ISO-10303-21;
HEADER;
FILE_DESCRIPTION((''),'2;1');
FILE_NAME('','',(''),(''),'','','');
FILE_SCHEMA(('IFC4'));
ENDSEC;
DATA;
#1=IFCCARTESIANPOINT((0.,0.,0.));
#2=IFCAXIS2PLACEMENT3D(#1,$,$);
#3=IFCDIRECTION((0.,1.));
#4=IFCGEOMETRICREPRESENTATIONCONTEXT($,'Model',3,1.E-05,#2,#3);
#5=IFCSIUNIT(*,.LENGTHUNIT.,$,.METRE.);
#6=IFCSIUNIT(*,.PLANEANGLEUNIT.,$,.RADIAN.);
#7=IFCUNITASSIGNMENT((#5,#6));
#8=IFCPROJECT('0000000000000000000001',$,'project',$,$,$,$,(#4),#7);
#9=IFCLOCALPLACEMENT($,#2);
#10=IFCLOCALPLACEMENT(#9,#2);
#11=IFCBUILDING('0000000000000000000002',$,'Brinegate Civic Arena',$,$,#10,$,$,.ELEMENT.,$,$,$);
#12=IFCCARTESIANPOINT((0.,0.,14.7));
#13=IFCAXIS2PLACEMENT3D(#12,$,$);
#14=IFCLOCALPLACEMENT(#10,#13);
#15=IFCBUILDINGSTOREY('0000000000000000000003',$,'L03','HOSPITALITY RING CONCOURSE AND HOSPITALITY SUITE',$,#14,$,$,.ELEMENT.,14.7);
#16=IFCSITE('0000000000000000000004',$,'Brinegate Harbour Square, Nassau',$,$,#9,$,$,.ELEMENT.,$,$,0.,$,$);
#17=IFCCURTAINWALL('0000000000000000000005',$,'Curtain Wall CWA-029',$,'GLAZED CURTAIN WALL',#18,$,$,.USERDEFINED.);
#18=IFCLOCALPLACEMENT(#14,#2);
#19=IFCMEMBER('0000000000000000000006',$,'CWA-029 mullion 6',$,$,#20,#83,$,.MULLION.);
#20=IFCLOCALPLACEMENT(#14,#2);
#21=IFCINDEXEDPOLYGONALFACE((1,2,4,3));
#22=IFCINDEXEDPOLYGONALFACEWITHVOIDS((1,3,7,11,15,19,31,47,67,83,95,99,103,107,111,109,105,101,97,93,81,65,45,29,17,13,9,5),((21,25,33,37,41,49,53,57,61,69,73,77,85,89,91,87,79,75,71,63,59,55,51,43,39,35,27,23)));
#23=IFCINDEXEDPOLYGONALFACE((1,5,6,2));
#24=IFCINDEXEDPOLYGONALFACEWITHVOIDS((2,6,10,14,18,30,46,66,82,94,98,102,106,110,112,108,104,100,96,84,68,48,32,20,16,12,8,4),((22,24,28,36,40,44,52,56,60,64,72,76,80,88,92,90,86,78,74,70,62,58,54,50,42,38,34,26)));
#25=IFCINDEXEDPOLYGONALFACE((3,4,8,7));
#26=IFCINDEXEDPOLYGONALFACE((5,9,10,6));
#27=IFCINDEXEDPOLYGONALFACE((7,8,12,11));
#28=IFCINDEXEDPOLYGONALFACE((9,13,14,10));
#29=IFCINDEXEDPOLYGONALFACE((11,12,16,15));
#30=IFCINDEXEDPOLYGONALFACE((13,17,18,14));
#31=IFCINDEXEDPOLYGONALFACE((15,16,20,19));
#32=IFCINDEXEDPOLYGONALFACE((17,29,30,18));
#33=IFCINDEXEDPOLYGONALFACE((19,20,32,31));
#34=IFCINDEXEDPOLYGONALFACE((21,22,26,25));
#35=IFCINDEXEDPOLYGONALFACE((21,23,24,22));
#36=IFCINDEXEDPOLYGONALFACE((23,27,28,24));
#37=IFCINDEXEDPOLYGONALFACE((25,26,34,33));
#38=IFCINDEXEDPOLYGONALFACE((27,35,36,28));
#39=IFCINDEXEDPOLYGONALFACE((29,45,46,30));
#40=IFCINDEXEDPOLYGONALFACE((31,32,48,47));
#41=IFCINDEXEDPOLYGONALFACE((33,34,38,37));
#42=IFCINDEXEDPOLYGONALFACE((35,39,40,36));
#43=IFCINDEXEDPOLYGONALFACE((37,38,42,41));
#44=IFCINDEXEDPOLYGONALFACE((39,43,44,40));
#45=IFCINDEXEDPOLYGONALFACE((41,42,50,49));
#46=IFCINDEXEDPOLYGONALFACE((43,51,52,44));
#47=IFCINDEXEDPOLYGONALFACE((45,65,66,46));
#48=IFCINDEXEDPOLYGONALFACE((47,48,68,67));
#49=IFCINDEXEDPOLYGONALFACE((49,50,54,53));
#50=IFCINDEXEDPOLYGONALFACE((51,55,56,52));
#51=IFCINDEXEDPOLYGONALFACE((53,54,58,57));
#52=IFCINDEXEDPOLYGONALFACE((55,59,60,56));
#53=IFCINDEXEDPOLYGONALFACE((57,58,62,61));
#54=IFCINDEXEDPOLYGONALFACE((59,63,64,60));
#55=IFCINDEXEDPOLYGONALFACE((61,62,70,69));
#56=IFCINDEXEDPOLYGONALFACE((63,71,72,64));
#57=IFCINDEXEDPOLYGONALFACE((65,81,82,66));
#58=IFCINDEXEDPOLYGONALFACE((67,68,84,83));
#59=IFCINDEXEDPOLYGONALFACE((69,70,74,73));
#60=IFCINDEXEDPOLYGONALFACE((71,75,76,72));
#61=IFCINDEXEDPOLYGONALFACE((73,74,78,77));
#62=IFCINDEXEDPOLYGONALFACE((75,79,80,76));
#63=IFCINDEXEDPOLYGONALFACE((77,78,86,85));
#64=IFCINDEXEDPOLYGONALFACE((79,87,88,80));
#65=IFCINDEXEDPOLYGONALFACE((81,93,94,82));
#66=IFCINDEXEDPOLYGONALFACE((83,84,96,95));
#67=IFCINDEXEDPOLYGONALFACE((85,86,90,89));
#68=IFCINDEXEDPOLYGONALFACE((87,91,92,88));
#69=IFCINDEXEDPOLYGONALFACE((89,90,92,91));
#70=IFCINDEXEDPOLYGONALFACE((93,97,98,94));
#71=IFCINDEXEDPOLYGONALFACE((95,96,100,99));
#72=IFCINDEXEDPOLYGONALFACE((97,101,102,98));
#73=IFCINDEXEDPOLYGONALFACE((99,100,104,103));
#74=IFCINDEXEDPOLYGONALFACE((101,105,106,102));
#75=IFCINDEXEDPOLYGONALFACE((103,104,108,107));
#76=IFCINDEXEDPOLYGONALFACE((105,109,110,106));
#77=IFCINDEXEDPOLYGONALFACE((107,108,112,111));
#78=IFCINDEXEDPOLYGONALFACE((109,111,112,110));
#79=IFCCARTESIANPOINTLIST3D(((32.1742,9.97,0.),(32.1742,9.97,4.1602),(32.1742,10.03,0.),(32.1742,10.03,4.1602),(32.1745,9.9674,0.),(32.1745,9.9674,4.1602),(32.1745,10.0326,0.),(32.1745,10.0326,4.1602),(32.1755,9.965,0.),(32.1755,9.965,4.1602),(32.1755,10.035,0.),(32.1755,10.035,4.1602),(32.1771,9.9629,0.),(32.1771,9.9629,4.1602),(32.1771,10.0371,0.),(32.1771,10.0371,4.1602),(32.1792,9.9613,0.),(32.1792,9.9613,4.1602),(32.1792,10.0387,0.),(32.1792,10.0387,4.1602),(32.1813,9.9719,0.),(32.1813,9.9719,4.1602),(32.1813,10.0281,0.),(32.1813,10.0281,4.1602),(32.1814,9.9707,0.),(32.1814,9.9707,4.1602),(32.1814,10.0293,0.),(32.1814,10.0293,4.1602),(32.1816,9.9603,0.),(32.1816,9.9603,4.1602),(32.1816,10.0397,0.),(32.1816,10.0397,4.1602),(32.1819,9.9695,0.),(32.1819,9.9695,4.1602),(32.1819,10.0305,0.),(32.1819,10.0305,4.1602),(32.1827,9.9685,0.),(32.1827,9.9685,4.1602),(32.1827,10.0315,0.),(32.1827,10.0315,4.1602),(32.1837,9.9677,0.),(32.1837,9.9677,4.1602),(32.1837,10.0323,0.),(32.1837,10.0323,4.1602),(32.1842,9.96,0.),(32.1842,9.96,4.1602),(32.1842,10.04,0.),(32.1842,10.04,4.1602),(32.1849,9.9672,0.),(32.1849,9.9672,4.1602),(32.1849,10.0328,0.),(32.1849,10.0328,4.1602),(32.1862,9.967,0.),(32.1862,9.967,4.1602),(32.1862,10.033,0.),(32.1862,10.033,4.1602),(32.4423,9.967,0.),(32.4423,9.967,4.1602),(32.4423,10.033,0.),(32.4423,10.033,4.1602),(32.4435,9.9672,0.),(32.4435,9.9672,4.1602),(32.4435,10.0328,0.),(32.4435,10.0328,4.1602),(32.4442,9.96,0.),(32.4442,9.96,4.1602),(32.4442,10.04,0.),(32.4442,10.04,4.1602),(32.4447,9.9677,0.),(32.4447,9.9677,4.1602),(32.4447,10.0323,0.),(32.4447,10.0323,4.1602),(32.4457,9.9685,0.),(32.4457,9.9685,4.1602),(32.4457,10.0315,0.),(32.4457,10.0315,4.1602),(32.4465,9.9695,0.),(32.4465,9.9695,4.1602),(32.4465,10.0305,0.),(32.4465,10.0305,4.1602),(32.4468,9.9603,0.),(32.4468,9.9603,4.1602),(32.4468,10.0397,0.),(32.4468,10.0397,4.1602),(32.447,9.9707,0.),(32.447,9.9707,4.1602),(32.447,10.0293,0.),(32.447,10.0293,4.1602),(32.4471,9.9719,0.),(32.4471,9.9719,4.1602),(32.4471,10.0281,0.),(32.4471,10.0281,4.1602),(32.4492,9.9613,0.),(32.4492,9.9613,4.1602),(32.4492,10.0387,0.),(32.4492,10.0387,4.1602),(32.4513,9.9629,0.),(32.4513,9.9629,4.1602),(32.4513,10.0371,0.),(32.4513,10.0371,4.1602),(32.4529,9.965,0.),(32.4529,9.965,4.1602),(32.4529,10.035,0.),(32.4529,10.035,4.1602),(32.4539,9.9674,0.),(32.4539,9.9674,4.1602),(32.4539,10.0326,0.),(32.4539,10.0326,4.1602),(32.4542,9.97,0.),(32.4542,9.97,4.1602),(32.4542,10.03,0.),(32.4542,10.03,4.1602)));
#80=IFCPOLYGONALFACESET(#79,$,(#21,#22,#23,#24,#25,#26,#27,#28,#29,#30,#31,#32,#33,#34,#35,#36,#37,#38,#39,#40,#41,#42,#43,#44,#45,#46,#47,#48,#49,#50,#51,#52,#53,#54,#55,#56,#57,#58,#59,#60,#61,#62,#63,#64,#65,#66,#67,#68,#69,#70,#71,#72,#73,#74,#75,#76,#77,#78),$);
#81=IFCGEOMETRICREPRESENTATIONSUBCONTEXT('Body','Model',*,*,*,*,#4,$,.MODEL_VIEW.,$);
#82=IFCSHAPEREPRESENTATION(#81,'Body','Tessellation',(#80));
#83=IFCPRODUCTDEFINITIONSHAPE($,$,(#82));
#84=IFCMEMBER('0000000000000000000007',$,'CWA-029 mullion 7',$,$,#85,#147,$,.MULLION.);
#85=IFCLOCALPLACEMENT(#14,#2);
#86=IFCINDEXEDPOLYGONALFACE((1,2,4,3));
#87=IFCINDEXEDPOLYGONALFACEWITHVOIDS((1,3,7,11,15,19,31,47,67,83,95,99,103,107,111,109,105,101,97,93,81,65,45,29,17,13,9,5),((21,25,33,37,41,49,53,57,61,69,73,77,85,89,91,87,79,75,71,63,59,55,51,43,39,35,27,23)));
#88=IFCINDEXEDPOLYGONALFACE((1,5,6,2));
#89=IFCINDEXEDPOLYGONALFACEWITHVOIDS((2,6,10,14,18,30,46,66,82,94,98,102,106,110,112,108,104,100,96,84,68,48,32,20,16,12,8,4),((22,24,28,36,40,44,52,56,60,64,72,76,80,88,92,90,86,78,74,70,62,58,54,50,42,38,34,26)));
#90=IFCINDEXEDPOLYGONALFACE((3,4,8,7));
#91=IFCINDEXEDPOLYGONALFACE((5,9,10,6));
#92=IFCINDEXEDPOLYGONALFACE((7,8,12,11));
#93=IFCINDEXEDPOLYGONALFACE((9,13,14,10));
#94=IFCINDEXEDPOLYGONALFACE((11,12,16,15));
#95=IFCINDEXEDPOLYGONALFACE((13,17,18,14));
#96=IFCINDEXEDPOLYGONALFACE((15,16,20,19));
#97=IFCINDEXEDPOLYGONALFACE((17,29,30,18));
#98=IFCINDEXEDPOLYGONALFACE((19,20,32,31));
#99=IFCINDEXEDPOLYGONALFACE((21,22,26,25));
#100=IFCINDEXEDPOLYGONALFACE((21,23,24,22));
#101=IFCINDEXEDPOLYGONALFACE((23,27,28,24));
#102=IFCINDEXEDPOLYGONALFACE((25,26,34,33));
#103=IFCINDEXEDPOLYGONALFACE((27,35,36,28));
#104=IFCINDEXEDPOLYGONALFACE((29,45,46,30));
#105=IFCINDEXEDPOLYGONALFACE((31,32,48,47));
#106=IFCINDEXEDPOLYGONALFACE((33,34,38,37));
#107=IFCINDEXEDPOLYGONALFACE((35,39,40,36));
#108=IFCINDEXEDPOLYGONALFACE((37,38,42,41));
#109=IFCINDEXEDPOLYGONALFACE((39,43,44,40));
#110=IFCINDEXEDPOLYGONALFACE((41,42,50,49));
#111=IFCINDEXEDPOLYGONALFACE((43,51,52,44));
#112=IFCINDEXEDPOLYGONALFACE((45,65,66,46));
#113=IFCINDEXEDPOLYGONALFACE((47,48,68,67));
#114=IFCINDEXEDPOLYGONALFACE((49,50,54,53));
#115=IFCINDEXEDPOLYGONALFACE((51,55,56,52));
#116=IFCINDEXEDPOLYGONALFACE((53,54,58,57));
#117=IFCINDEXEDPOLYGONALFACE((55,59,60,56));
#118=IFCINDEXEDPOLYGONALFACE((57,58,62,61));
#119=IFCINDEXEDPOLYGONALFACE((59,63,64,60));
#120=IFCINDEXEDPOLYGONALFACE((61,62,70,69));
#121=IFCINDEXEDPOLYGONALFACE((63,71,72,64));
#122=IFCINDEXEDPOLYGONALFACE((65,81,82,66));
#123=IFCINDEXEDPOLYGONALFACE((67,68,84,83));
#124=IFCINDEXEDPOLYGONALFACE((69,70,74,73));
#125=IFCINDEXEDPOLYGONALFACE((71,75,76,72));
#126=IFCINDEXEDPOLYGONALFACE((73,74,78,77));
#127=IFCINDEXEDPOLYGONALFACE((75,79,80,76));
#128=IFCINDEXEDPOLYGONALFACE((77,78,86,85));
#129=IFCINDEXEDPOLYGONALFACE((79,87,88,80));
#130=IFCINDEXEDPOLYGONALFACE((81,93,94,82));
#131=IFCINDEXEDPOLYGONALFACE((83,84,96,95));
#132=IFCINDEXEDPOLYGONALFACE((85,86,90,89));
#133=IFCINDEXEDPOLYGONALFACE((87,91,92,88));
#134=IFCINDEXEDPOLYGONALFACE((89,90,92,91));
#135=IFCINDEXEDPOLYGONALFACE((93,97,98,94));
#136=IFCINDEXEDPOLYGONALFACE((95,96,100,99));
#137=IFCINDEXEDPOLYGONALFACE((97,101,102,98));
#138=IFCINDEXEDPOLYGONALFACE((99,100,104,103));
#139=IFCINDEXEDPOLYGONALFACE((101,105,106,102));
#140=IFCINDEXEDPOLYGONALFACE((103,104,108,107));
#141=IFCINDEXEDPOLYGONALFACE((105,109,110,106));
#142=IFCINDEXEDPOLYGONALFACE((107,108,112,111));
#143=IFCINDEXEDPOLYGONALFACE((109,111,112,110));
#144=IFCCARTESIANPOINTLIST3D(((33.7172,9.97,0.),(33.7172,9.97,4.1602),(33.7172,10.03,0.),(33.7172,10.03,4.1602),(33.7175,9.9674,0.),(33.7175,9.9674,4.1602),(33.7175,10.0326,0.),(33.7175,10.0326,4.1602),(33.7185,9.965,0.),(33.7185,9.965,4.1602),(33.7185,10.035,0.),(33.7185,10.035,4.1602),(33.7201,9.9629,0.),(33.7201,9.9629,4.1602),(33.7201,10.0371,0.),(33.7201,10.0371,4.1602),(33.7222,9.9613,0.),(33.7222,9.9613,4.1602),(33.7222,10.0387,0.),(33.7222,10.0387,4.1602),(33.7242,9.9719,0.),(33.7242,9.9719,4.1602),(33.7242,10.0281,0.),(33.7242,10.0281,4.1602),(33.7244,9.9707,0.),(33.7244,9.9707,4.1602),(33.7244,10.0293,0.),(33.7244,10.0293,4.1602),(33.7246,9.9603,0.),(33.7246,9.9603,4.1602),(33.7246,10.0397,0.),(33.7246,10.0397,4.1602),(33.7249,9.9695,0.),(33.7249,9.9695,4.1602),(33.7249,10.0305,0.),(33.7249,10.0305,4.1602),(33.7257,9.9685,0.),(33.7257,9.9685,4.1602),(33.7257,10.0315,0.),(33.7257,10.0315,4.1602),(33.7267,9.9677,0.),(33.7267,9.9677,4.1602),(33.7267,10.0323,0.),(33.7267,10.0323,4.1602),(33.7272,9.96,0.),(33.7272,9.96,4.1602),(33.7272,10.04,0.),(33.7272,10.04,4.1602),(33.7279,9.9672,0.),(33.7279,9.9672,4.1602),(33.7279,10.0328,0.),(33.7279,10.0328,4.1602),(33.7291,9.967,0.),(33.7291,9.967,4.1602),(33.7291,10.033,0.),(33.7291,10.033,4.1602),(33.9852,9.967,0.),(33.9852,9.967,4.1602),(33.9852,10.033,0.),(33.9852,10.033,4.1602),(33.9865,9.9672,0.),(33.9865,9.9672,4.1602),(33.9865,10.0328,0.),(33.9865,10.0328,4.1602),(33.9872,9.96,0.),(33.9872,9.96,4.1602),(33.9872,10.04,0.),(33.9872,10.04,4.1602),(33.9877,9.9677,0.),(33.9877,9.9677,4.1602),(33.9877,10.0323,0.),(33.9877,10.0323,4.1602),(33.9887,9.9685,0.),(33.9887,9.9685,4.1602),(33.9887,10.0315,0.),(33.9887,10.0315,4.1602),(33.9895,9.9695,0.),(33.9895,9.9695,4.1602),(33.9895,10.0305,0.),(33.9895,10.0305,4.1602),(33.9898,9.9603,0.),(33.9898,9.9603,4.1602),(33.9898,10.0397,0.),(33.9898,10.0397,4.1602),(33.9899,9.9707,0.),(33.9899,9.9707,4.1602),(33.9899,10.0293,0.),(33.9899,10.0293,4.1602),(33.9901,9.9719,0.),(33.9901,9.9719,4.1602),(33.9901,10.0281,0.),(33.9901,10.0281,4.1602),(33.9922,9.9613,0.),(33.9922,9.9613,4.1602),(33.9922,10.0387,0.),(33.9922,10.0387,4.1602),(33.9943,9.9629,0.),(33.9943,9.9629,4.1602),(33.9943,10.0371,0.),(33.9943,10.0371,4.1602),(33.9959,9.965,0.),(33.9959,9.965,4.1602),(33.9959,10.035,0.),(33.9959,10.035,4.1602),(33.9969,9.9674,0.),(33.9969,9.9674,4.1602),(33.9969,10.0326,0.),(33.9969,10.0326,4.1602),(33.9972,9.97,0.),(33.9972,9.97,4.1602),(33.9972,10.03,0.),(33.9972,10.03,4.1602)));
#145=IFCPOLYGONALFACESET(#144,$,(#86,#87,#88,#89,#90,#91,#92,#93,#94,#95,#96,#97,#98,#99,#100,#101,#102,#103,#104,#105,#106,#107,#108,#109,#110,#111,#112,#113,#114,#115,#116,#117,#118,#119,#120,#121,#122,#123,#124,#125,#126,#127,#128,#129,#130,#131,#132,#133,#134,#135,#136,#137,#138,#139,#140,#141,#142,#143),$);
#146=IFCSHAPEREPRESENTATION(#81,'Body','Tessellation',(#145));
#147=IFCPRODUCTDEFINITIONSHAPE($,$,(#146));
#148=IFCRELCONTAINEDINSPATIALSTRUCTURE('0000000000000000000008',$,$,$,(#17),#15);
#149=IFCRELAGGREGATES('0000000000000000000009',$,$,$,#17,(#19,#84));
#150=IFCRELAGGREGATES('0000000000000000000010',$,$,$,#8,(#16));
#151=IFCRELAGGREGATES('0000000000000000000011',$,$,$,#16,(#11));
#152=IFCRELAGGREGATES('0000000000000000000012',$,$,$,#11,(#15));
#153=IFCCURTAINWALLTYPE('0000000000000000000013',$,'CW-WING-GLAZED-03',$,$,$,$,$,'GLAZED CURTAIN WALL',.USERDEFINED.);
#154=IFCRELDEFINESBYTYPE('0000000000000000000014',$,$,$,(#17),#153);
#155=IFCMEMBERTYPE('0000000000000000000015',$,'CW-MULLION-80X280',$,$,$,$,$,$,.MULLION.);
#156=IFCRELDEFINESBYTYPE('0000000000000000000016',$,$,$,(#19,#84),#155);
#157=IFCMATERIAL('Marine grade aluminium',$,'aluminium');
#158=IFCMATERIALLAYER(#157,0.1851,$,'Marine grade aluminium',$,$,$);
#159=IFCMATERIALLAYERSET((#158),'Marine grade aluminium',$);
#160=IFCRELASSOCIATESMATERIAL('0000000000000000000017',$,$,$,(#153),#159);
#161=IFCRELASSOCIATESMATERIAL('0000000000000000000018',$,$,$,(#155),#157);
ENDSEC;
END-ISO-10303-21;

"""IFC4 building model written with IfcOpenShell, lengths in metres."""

from ifc_helpers import new_model, si_unit, direction, frame, origin, origin_2d, place, context, subcontext, project, spatial, hollow_rectangle, extrude, material, layer, layer_set, material_profile, profile_set, type_object, element, aggregate, save


model = new_model("IFC4")

# Units and contexts
model_context = context("Model", 3, precision=1e-05, world=origin(), true_north=direction((0.0, 1.0)))
body_context = subcontext(model_context, "Body", "Model", "MODEL_VIEW")
ifc_project = project(units=[si_unit("LENGTHUNIT", "METRE"), si_unit("PLANEANGLEUNIT", "RADIAN")], contexts=[model_context])

# Site, building, storey
site_placement = place(None, origin())
site = spatial("IfcSite", under=ifc_project, at=site_placement, Name="Brinegate Harbour Square, Nassau", CompositionType="ELEMENT", RefElevation=0.0)
building_placement = place(site_placement, origin())
building = spatial("IfcBuilding", under=site, at=building_placement, Name="Brinegate Civic Arena", CompositionType="ELEMENT")
storey_placement = place(building_placement, frame((0.0, 0.0, 14.7)))
storey = spatial("IfcBuildingStorey", under=building, at=storey_placement, Name="L03", Description="HOSPITALITY RING CONCOURSE AND HOSPITALITY SUITE", CompositionType="ELEMENT", Elevation=14.7)

# Curtain wall, members
ifc_material_1 = material(Name="Marine grade aluminium", Category="aluminium")
ifc_layer_1 = layer(ifc_material_1, 0.1851, Name="Marine grade aluminium")
ifc_layer_set_1 = layer_set([ifc_layer_1], Name="Marine grade aluminium")
curtain_wall_type = type_object("IfcCurtainWallType", Name="CW-WING-GLAZED-03", ElementType="GLAZED CURTAIN WALL", PredefinedType="USERDEFINED", material=ifc_layer_set_1)
curtain_wall_placement = place(storey_placement, origin())
curtain_wall = element("IfcCurtainWall", 1, at=curtain_wall_placement, inside=storey, type_object=curtain_wall_type, Name="Curtain Wall CWA-029", ObjectType="GLAZED CURTAIN WALL", PredefinedType="USERDEFINED")
ifc_material_profile_1 = material_profile(ifc_material_1, hollow_rectangle(XDim=0.0801, YDim=0.28, WallThickness=0.0071, InnerFilletRadius=0.0049, OuterFilletRadius=0.01, at=origin_2d()), Name="MUL80X280")
ifc_profile_set_1 = profile_set([ifc_material_profile_1], Name="Marine grade aluminium")
member_type_1 = type_object("IfcMemberType", Name="CW-MULLION-80X280", PredefinedType="MULLION", material=ifc_profile_set_1)
member_1_placement = place(storey_placement, frame((32.3142, 10.0, 0.0), z_axis=(0.0, 0.0, 1.0), x_axis=(0.0, 1.0, 0.0)))
member_1 = element("IfcMember", 2, at=member_1_placement, type_object=member_type_1, Name="CWA-029 mullion 6", PredefinedType="MULLION", context=body_context, shape_type="SweptSolid", body=[
    extrude(hollow_rectangle(XDim=0.0801, YDim=0.28, WallThickness=0.0071, InnerFilletRadius=0.0049, OuterFilletRadius=0.01, at=origin_2d()), origin(), (0.0, 0.0, 1.0), 4.1602),
])
member_2_placement = place(storey_placement, frame((33.8572, 10.0, 0.0), z_axis=(0.0, 0.0, 1.0), x_axis=(0.0, 1.0, 0.0)))
member_2 = element("IfcMember", 3, at=member_2_placement, type_object=member_type_1, Name="CWA-029 mullion 7", PredefinedType="MULLION", context=body_context, shape_type="SweptSolid", body=[
    extrude(hollow_rectangle(XDim=0.0801, YDim=0.28, WallThickness=0.0071, InnerFilletRadius=0.0049, OuterFilletRadius=0.01, at=origin_2d()), origin(), (0.0, 0.0, 1.0), 4.1602),
])
aggregate(curtain_wall, [member_1, member_2])

save(model, "model.ifc")
